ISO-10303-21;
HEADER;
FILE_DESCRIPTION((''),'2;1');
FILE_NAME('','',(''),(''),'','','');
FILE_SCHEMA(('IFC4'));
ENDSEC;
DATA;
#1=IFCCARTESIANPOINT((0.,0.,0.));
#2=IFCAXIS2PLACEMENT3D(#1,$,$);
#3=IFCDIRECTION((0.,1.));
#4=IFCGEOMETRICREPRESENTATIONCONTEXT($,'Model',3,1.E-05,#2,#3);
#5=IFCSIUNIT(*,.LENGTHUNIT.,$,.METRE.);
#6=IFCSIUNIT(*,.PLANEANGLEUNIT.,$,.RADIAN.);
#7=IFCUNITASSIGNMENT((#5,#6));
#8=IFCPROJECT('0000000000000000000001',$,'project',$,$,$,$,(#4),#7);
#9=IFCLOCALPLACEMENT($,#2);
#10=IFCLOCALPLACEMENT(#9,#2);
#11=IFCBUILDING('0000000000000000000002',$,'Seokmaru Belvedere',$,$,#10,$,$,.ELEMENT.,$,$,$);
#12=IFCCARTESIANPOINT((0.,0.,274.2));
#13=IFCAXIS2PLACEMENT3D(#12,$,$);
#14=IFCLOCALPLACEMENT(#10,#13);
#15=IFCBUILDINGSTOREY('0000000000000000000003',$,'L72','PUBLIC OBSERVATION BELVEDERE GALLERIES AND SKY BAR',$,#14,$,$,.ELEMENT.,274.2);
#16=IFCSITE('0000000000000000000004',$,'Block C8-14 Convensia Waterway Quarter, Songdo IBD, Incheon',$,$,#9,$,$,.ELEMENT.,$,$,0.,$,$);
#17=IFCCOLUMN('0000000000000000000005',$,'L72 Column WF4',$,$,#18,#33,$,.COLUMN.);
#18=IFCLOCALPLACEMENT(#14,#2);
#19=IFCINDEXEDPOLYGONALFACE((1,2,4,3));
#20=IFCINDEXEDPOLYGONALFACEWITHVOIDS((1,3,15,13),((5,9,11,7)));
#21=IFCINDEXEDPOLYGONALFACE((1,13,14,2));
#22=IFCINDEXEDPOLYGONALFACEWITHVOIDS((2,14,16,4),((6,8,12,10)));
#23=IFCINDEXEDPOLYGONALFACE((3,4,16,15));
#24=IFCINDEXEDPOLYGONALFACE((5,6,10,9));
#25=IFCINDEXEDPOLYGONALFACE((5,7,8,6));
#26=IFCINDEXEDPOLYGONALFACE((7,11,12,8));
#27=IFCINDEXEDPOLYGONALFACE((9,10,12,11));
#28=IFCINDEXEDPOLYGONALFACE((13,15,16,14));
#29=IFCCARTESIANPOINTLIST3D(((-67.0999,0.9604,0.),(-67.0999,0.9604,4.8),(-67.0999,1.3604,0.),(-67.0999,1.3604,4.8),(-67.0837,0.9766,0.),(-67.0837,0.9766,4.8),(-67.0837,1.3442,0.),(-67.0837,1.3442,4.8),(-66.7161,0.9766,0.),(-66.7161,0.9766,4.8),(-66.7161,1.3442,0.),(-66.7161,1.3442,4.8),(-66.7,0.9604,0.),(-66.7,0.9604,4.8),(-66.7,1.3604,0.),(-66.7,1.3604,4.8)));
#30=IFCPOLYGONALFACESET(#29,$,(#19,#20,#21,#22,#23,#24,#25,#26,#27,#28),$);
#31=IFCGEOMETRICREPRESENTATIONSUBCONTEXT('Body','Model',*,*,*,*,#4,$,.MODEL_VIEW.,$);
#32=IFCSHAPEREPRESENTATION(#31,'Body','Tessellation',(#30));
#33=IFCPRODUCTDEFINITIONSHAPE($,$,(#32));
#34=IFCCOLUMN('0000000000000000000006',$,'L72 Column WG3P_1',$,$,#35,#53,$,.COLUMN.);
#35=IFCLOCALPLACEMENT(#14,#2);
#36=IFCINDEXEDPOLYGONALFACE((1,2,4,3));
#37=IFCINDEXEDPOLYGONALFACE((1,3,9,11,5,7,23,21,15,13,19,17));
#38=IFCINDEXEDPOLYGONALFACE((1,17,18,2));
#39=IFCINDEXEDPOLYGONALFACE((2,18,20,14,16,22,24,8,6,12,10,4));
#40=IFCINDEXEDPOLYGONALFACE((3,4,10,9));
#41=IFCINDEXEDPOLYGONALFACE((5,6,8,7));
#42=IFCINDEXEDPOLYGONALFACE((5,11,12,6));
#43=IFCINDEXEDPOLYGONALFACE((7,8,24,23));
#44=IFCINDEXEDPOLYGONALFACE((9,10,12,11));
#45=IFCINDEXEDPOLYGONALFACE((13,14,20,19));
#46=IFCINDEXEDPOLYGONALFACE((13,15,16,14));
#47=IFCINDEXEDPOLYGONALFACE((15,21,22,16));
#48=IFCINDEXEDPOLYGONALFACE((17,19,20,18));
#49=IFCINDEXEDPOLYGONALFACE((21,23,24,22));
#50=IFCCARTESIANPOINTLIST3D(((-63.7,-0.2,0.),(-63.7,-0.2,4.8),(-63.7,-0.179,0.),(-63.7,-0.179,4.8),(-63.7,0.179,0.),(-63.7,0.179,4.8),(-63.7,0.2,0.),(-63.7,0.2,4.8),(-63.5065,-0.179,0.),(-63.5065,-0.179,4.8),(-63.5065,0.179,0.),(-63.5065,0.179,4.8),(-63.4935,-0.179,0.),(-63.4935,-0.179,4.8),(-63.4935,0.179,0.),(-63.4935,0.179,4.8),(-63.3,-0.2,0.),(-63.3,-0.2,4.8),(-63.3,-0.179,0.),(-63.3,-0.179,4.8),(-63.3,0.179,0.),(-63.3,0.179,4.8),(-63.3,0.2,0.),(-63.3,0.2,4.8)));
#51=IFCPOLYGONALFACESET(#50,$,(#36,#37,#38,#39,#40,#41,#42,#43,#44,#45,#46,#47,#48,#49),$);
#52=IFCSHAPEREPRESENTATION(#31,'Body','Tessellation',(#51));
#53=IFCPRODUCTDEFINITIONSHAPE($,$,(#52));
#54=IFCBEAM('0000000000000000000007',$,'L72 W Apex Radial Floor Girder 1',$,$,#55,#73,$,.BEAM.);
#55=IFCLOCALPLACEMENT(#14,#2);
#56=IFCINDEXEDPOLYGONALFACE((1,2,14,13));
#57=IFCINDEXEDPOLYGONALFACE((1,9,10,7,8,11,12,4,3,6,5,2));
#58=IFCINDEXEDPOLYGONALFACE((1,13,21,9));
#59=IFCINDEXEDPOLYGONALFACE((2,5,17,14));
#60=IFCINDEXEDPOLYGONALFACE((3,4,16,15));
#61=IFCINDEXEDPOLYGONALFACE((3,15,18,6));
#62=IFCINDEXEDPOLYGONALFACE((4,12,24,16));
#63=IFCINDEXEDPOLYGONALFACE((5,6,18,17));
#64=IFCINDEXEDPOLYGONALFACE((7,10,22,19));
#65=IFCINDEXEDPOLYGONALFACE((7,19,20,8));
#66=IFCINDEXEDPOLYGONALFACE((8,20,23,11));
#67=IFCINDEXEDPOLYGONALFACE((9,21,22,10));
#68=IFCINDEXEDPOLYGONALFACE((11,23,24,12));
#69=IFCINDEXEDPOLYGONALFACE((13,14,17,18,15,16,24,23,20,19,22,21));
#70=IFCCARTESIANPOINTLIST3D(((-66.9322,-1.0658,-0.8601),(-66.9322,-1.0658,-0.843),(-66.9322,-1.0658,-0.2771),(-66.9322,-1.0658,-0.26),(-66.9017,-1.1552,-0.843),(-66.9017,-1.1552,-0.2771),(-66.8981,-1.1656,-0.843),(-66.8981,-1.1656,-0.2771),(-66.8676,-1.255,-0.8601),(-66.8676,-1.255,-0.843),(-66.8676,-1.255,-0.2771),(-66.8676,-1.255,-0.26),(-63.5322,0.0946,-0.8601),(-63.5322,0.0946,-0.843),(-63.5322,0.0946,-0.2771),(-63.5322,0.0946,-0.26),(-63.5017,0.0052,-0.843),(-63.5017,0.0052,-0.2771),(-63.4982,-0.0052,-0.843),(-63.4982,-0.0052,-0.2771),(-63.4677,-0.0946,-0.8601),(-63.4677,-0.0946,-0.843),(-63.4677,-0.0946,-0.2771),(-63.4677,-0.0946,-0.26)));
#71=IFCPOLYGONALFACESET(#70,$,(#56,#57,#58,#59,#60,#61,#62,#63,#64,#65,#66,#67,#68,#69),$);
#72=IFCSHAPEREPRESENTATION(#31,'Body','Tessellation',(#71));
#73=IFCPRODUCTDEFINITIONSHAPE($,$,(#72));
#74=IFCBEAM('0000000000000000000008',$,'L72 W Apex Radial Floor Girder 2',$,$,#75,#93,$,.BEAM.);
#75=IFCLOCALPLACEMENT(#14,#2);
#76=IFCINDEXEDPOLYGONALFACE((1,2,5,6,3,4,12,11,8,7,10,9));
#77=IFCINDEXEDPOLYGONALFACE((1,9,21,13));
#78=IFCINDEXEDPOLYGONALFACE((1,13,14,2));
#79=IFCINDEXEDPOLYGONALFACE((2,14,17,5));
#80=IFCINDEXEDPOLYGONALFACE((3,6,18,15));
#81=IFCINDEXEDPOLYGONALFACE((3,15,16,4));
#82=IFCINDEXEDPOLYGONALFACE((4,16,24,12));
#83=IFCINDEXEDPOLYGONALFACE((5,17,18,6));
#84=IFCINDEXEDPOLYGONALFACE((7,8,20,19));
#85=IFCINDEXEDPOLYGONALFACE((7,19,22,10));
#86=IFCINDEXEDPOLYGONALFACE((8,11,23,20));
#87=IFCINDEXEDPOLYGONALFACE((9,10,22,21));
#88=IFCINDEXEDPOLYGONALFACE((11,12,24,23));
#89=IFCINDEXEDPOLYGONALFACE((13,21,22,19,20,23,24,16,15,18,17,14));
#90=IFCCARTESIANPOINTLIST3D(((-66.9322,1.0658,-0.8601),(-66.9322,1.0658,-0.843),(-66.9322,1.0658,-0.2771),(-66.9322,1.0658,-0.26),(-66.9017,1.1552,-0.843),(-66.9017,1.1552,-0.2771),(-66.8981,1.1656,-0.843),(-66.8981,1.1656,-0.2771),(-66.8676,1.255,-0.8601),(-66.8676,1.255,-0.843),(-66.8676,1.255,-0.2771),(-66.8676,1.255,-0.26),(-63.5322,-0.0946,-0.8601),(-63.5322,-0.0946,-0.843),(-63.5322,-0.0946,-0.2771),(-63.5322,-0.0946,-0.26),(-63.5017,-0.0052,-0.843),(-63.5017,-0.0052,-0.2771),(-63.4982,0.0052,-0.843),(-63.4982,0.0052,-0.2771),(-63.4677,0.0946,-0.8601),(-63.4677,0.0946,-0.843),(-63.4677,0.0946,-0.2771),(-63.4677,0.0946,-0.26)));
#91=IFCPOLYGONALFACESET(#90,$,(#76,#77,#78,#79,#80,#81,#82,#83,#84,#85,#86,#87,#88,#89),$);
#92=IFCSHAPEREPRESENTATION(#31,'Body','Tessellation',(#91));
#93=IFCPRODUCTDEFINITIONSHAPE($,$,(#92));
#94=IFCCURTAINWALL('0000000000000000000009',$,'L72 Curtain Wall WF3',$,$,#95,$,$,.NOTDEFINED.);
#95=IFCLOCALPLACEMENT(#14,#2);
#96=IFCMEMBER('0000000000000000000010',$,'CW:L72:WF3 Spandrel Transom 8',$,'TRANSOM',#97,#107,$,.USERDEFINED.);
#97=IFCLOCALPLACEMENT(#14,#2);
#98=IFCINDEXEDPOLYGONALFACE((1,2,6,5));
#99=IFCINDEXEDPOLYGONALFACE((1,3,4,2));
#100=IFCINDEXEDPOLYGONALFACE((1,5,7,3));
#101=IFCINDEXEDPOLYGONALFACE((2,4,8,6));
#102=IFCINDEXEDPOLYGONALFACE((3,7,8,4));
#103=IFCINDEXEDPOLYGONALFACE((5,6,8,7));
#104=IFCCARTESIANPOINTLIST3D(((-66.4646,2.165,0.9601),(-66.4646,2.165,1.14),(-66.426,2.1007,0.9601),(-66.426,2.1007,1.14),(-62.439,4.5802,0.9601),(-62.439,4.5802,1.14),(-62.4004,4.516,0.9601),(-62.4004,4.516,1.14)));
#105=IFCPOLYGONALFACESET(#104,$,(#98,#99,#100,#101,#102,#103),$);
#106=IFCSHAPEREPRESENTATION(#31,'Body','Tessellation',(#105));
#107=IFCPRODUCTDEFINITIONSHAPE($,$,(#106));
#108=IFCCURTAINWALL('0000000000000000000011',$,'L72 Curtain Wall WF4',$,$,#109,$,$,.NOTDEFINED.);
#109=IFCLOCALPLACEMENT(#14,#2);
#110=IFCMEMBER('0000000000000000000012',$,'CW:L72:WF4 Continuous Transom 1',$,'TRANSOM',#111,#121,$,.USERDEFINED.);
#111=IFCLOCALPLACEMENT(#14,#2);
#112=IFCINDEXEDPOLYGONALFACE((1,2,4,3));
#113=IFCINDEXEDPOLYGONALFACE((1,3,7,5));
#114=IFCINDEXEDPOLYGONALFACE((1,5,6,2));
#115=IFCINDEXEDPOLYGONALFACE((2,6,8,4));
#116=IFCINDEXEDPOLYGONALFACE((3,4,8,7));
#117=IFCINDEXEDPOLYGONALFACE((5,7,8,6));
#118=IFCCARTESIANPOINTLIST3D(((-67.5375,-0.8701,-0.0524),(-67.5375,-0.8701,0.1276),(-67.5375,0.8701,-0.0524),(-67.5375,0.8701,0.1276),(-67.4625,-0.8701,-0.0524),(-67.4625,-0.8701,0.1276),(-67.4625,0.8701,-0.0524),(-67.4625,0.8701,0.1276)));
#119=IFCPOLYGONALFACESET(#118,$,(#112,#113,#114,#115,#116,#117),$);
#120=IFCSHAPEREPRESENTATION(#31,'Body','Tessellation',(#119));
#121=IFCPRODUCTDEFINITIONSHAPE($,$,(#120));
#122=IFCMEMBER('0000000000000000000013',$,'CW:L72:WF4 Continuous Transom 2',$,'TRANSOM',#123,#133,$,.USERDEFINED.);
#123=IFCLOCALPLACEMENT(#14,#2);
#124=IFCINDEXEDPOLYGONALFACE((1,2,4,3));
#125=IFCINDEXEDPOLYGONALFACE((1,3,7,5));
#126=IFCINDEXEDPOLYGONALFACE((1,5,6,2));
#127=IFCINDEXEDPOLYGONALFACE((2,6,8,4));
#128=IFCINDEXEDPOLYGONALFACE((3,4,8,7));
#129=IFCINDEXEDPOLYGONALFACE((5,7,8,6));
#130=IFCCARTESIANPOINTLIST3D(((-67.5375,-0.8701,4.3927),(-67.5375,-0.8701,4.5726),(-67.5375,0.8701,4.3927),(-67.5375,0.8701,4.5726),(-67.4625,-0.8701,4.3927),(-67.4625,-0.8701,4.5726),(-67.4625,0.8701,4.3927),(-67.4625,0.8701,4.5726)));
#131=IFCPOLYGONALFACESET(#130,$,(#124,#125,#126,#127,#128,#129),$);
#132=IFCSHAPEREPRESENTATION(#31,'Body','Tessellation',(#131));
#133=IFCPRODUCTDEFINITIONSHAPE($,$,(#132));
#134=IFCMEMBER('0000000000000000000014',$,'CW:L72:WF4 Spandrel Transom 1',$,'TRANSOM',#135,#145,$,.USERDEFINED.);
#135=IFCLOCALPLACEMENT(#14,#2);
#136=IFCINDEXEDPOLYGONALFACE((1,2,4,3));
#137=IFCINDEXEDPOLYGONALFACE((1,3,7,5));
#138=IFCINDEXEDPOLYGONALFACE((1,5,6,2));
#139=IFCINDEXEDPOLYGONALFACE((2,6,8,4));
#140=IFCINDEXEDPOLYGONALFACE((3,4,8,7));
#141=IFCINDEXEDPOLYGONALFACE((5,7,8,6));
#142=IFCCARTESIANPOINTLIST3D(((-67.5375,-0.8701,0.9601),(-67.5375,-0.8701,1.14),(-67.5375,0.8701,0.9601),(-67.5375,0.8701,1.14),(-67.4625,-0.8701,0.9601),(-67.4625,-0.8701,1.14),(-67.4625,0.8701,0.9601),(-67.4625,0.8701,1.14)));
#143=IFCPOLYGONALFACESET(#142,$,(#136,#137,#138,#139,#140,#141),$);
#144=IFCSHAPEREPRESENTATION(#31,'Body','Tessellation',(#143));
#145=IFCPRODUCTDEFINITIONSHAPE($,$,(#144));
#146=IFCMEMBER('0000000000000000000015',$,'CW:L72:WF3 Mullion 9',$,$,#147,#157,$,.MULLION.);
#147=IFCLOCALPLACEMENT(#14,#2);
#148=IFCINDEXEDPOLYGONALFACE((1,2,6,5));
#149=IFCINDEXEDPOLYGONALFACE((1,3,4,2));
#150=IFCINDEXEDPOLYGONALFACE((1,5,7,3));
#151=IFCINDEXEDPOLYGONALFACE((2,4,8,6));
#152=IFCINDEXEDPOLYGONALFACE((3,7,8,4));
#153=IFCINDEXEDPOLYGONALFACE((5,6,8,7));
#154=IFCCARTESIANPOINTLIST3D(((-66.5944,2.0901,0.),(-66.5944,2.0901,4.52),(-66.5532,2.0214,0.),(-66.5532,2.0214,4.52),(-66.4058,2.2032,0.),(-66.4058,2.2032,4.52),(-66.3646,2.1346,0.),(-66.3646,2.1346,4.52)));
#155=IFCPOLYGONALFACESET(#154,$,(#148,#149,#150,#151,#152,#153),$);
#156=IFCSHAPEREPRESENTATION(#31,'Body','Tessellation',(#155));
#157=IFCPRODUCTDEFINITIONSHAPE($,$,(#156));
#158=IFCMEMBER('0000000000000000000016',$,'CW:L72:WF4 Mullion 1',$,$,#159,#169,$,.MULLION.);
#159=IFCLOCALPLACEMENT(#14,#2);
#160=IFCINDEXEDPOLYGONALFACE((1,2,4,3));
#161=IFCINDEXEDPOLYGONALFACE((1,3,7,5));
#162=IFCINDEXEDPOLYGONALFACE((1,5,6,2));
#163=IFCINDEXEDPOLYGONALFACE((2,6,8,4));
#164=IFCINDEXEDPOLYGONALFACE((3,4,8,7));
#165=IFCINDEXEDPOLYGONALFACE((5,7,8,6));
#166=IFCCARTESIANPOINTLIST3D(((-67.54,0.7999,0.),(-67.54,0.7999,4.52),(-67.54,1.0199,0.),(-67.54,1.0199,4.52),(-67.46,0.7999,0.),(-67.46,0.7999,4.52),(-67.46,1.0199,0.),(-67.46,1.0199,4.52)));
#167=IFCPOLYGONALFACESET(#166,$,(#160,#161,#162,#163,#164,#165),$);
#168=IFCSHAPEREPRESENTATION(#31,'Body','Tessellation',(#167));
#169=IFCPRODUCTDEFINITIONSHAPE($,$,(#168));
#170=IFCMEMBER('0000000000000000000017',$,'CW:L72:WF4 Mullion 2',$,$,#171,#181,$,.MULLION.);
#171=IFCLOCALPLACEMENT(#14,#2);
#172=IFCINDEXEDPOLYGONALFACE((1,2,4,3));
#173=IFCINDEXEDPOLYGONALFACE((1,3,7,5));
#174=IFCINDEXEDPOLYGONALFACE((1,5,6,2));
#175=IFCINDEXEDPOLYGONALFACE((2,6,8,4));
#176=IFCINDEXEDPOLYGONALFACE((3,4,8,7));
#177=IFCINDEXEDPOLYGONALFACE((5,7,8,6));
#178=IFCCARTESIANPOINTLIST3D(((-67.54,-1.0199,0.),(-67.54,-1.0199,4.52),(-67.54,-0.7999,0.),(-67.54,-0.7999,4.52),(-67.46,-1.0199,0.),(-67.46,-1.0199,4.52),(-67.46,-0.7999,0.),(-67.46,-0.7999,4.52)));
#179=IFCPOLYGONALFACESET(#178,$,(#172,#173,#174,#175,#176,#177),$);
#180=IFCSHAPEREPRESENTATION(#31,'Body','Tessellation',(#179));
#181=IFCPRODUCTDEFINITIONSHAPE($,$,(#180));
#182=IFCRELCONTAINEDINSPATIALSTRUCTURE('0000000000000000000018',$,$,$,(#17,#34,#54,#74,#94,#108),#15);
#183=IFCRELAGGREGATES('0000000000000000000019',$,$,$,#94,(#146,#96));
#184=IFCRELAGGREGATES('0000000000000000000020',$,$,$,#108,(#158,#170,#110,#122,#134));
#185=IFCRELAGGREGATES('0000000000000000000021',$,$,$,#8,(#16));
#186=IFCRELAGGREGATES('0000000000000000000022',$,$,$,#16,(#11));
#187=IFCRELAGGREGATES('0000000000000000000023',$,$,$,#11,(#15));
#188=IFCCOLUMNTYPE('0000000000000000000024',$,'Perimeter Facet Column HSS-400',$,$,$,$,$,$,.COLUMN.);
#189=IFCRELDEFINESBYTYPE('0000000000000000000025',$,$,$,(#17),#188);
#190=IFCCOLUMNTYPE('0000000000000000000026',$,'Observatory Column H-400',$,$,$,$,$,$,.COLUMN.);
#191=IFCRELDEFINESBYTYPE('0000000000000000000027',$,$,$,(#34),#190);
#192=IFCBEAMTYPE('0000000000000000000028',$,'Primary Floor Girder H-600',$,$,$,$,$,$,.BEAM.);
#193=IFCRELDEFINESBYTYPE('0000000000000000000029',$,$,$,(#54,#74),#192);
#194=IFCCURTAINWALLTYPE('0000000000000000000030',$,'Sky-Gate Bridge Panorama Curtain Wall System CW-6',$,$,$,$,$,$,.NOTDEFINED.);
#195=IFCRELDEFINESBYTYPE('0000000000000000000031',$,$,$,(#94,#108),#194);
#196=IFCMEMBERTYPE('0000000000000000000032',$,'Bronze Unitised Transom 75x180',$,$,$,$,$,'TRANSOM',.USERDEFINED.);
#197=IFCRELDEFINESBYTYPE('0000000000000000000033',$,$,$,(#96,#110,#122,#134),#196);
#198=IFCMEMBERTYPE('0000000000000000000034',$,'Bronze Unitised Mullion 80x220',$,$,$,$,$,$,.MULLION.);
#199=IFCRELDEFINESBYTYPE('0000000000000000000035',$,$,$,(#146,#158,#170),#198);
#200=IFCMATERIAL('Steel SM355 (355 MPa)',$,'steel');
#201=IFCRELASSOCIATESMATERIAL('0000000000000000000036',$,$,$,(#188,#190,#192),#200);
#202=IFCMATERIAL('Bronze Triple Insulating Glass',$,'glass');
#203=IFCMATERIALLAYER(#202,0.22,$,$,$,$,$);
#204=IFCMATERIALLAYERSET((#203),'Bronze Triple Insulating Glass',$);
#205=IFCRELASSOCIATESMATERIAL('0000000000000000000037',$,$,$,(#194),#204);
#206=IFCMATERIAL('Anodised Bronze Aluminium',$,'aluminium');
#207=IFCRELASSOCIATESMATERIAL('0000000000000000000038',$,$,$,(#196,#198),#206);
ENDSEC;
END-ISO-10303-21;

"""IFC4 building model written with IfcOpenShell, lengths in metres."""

from ifc_helpers import new_model, si_unit, direction, frame, origin, origin_2d, place, context, subcontext, project, spatial, rectangle, hollow_rectangle, i_section, extrude, source, transform, mapped, material, layer, layer_set, material_profile, profile_set, type_object, type_shapes, element, aggregate, save


model = new_model("IFC4")

# Units and contexts
model_context = context("Model", 3, precision=1e-05, world=origin(), true_north=direction((0.0, 1.0)))
body_context = subcontext(model_context, "Body", "Model", "MODEL_VIEW")
ifc_project = project(units=[si_unit("LENGTHUNIT", "METRE"), si_unit("PLANEANGLEUNIT", "RADIAN")], contexts=[model_context])

# Site, building, storey
site_placement = place(None, origin())
site = spatial("IfcSite", under=ifc_project, at=site_placement, Name="Block C8-14 Convensia Waterway Quarter, Songdo IBD, Incheon", CompositionType="ELEMENT", RefElevation=0.0)
building_placement = place(site_placement, origin())
building = spatial("IfcBuilding", under=site, at=building_placement, Name="Seokmaru Belvedere", CompositionType="ELEMENT")
storey_placement = place(building_placement, frame((0.0, 0.0, 274.2)))
storey = spatial("IfcBuildingStorey", under=building, at=storey_placement, Name="L72", Description="PUBLIC OBSERVATION BELVEDERE GALLERIES AND SKY BAR", CompositionType="ELEMENT", Elevation=274.2)

# Columns
ifc_material_1 = material(Name="Steel SM355 (355 MPa)", Category="steel")
ifc_material_profile_1 = material_profile(ifc_material_1, hollow_rectangle(XDim=0.3999, YDim=0.3999, WallThickness=0.0161, at=origin_2d()), Name="HSS-400x400x16")
ifc_profile_set_1 = profile_set([ifc_material_profile_1], Name="Steel SM355 (355 MPa)")
column_type_1 = type_object("IfcColumnType", Name="Perimeter Facet Column HSS-400", PredefinedType="COLUMN", material=ifc_profile_set_1)
shared_shape_1 = source(origin(), body_context, "Body", "SweptSolid", [
    extrude(hollow_rectangle(XDim=0.3999, YDim=0.3999, WallThickness=0.0161, at=origin_2d()), origin(), (0.0, 0.0, 1.0), 4.8),
])
type_shapes(column_type_1, [shared_shape_1])
column_1_placement = place(storey_placement, frame((-66.8999, 1.1604, 0.0), z_axis=(0.0, 0.0, 1.0), x_axis=(1.0, 0.0, 0.0)))
element("IfcColumn", 1, at=column_1_placement, inside=storey, type_object=column_type_1, Name="L72 Column WF4", PredefinedType="COLUMN", context=body_context, shape_type="MappedRepresentation", body=[
    mapped(shared_shape_1, transform((0.0, 0.0, 0.0), scale=1.0)),
])
ifc_material_profile_2 = material_profile(ifc_material_1, i_section(OverallWidth=0.3999, OverallDepth=0.3999, WebThickness=0.0129, FlangeThickness=0.021, at=origin_2d()), Name="H-400x400x13x21")
ifc_profile_set_2 = profile_set([ifc_material_profile_2], Name="Steel SM355 (355 MPa)")
column_type_2 = type_object("IfcColumnType", Name="Observatory Column H-400", PredefinedType="COLUMN", material=ifc_profile_set_2)
shared_shape_2 = source(origin(), body_context, "Body", "SweptSolid", [
    extrude(i_section(OverallWidth=0.3999, OverallDepth=0.3999, WebThickness=0.0129, FlangeThickness=0.021, at=origin_2d()), origin(), (0.0, 0.0, 1.0), 4.8),
])
type_shapes(column_type_2, [shared_shape_2])
column_2_placement = place(storey_placement, frame((-63.5, 0.0, 0.0), z_axis=(0.0, 0.0, 1.0), x_axis=(1.0, 0.0, 0.0)))
element("IfcColumn", 2, at=column_2_placement, inside=storey, type_object=column_type_2, Name="L72 Column WG3P_1", PredefinedType="COLUMN", context=body_context, shape_type="MappedRepresentation", body=[
    mapped(shared_shape_2, transform((0.0, 0.0, 0.0), scale=1.0)),
])

# Beams
ifc_material_profile_3 = material_profile(ifc_material_1, i_section(OverallWidth=0.2, OverallDepth=0.6001, WebThickness=0.011, FlangeThickness=0.0171, at=origin_2d()), Name="H-600x200x11x17")
ifc_profile_set_3 = profile_set([ifc_material_profile_3], Name="Steel SM355 (355 MPa)")
beam_type = type_object("IfcBeamType", Name="Primary Floor Girder H-600", PredefinedType="BEAM", material=ifc_profile_set_3)
shared_shape_3 = source(origin(), body_context, "Body", "SweptSolid", [
    extrude(i_section(OverallWidth=0.2, OverallDepth=0.6001, WebThickness=0.011, FlangeThickness=0.0171, at=origin_2d()), origin(), (0.0, 0.0, 1.0), 3.5925),
])
type_shapes(beam_type, [shared_shape_3])
for number, where, z_axis, x_axis, name in (
    (3, (-66.8999, -1.1604, -0.5601), (0.946396, 0.323009, 0.0), (-0.323009, 0.946396, 0.0), "L72 W Apex Radial Floor Girder 1"),
    (4, (-66.8999, 1.1604, -0.5601), (0.946396, -0.323009, 0.0), (0.323009, 0.946396, 0.0), "L72 W Apex Radial Floor Girder 2"),
):
    element("IfcBeam", number, at=place(storey_placement, frame(where, z_axis=z_axis, x_axis=x_axis)), inside=storey, type_object=beam_type, Name=name, PredefinedType="BEAM", context=body_context, shape_type="MappedRepresentation", body=[
        mapped(shared_shape_3, transform((0.0, 0.0, 0.0), scale=1.0)),
    ])

# Curtain wall, member
ifc_material_2 = material(Name="Bronze Triple Insulating Glass", Category="glass")
ifc_layer_1 = layer(ifc_material_2, 0.22)
ifc_layer_set_1 = layer_set([ifc_layer_1], Name="Bronze Triple Insulating Glass")
curtain_wall_type = type_object("IfcCurtainWallType", Name="Sky-Gate Bridge Panorama Curtain Wall System CW-6", PredefinedType="NOTDEFINED", material=ifc_layer_set_1)
curtain_wall_1_placement = place(storey_placement, origin())
curtain_wall_1 = element("IfcCurtainWall", 5, at=curtain_wall_1_placement, inside=storey, type_object=curtain_wall_type, Name="L72 Curtain Wall WF3", PredefinedType="NOTDEFINED")
ifc_material_3 = material(Name="Anodised Bronze Aluminium", Category="aluminium")
ifc_material_profile_4 = material_profile(ifc_material_3, rectangle(XDim=0.075, YDim=0.1799, at=origin_2d()), Name="CW-T-75x180")
ifc_profile_set_4 = profile_set([ifc_material_profile_4], Name="Anodised Bronze Aluminium")
member_type_1 = type_object("IfcMemberType", Name="Bronze Unitised Transom 75x180", ElementType="TRANSOM", PredefinedType="USERDEFINED", material=ifc_profile_set_4)
shared_shape_4 = source(origin(), body_context, "Body", "SweptSolid", [
    extrude(rectangle(XDim=0.075, YDim=0.1799, at=origin_2d()), origin(), (0.0, 0.0, 1.0), 4.6946),
])
member_1_placement = place(storey_placement, frame((-62.4197, 4.5481, 1.05), z_axis=(-0.857502, -0.51448, 0.0), x_axis=(0.51448, -0.857502, 0.0)))
member_1 = element("IfcMember", 6, at=member_1_placement, type_object=member_type_1, Name="CW:L72:WF3 Spandrel Transom 8", ObjectType="TRANSOM", PredefinedType="USERDEFINED", context=body_context, shape_type="MappedRepresentation", body=[
    mapped(shared_shape_4, transform((0.0, 0.0, 0.0), scale=1.0)),
])

# Curtain wall, members
curtain_wall_2_placement = place(storey_placement, origin())
curtain_wall_2 = element("IfcCurtainWall", 7, at=curtain_wall_2_placement, inside=storey, type_object=curtain_wall_type, Name="L72 Curtain Wall WF4", PredefinedType="NOTDEFINED")
shared_shape_5 = source(origin(), body_context, "Body", "SweptSolid", [
    extrude(rectangle(XDim=0.075, YDim=0.1799, at=origin_2d()), origin(), (0.0, 0.0, 1.0), 1.7402),
])
type_shapes(member_type_1, [shared_shape_4, shared_shape_5])
member_2_placement = place(storey_placement, frame((-67.5, 0.8701, 0.0376), z_axis=(0.0, -1.0, 0.0), x_axis=(1.0, 0.0, 0.0)))
member_2 = element("IfcMember", 8, at=member_2_placement, type_object=member_type_1, Name="CW:L72:WF4 Continuous Transom 1", ObjectType="TRANSOM", PredefinedType="USERDEFINED", context=body_context, shape_type="MappedRepresentation", body=[
    mapped(shared_shape_5, transform((0.0, 0.0, 0.0), scale=1.0)),
])
member_3_placement = place(storey_placement, frame((-67.5, 0.8701, 4.4827), z_axis=(0.0, -1.0, 0.0), x_axis=(1.0, 0.0, 0.0)))
member_3 = element("IfcMember", 9, at=member_3_placement, type_object=member_type_1, Name="CW:L72:WF4 Continuous Transom 2", ObjectType="TRANSOM", PredefinedType="USERDEFINED", context=body_context, shape_type="MappedRepresentation", body=[
    mapped(shared_shape_5, transform((0.0, 0.0, 0.0), scale=1.0)),
])
member_4_placement = place(storey_placement, frame((-67.5, 0.8701, 1.05), z_axis=(0.0, -1.0, 0.0), x_axis=(1.0, 0.0, 0.0)))
member_4 = element("IfcMember", 10, at=member_4_placement, type_object=member_type_1, Name="CW:L72:WF4 Spandrel Transom 1", ObjectType="TRANSOM", PredefinedType="USERDEFINED", context=body_context, shape_type="MappedRepresentation", body=[
    mapped(shared_shape_5, transform((0.0, 0.0, 0.0), scale=1.0)),
])

# Members
ifc_material_profile_5 = material_profile(ifc_material_3, rectangle(XDim=0.0801, YDim=0.22, at=origin_2d()), Name="CW-M-80x220")
ifc_profile_set_5 = profile_set([ifc_material_profile_5], Name="Anodised Bronze Aluminium")
member_type_2 = type_object("IfcMemberType", Name="Bronze Unitised Mullion 80x220", PredefinedType="MULLION", material=ifc_profile_set_5)
shared_shape_6 = source(origin(), body_context, "Body", "SweptSolid", [
    extrude(rectangle(XDim=0.0801, YDim=0.22, at=origin_2d()), origin(), (0.0, 0.0, 1.0), 4.52),
])
member_5_placement = place(storey_placement, frame((-66.4795, 2.1123, 0.0), z_axis=(0.0, 0.0, 1.0), x_axis=(0.514495, -0.857493, 0.0)))
member_5 = element("IfcMember", 11, at=member_5_placement, type_object=member_type_2, Name="CW:L72:WF3 Mullion 9", PredefinedType="MULLION", context=body_context, shape_type="MappedRepresentation", body=[
    mapped(shared_shape_6, transform((0.0, 0.0, 0.0), scale=1.0)),
])
member_6_placement = place(storey_placement, frame((-67.5, 0.9099, 0.0), z_axis=(0.0, 0.0, 1.0), x_axis=(1.0, 0.0, 0.0)))
member_6 = element("IfcMember", 12, at=member_6_placement, type_object=member_type_2, Name="CW:L72:WF4 Mullion 1", PredefinedType="MULLION", context=body_context, shape_type="MappedRepresentation", body=[
    mapped(shared_shape_6, transform((0.0, 0.0, 0.0), scale=1.0)),
])
member_7_placement = place(storey_placement, frame((-67.5, -0.9099, 0.0), z_axis=(0.0, 0.0, 1.0), x_axis=(1.0, 0.0, 0.0)))
member_7 = element("IfcMember", 13, at=member_7_placement, type_object=member_type_2, Name="CW:L72:WF4 Mullion 2", PredefinedType="MULLION", context=body_context, shape_type="MappedRepresentation", body=[
    mapped(shared_shape_6, transform((0.0, 0.0, 0.0), scale=1.0)),
])

aggregate(curtain_wall_1, [member_5, member_1])
aggregate(curtain_wall_2, [member_6, member_7, member_2, member_3, member_4])

save(model, "model.ifc")
